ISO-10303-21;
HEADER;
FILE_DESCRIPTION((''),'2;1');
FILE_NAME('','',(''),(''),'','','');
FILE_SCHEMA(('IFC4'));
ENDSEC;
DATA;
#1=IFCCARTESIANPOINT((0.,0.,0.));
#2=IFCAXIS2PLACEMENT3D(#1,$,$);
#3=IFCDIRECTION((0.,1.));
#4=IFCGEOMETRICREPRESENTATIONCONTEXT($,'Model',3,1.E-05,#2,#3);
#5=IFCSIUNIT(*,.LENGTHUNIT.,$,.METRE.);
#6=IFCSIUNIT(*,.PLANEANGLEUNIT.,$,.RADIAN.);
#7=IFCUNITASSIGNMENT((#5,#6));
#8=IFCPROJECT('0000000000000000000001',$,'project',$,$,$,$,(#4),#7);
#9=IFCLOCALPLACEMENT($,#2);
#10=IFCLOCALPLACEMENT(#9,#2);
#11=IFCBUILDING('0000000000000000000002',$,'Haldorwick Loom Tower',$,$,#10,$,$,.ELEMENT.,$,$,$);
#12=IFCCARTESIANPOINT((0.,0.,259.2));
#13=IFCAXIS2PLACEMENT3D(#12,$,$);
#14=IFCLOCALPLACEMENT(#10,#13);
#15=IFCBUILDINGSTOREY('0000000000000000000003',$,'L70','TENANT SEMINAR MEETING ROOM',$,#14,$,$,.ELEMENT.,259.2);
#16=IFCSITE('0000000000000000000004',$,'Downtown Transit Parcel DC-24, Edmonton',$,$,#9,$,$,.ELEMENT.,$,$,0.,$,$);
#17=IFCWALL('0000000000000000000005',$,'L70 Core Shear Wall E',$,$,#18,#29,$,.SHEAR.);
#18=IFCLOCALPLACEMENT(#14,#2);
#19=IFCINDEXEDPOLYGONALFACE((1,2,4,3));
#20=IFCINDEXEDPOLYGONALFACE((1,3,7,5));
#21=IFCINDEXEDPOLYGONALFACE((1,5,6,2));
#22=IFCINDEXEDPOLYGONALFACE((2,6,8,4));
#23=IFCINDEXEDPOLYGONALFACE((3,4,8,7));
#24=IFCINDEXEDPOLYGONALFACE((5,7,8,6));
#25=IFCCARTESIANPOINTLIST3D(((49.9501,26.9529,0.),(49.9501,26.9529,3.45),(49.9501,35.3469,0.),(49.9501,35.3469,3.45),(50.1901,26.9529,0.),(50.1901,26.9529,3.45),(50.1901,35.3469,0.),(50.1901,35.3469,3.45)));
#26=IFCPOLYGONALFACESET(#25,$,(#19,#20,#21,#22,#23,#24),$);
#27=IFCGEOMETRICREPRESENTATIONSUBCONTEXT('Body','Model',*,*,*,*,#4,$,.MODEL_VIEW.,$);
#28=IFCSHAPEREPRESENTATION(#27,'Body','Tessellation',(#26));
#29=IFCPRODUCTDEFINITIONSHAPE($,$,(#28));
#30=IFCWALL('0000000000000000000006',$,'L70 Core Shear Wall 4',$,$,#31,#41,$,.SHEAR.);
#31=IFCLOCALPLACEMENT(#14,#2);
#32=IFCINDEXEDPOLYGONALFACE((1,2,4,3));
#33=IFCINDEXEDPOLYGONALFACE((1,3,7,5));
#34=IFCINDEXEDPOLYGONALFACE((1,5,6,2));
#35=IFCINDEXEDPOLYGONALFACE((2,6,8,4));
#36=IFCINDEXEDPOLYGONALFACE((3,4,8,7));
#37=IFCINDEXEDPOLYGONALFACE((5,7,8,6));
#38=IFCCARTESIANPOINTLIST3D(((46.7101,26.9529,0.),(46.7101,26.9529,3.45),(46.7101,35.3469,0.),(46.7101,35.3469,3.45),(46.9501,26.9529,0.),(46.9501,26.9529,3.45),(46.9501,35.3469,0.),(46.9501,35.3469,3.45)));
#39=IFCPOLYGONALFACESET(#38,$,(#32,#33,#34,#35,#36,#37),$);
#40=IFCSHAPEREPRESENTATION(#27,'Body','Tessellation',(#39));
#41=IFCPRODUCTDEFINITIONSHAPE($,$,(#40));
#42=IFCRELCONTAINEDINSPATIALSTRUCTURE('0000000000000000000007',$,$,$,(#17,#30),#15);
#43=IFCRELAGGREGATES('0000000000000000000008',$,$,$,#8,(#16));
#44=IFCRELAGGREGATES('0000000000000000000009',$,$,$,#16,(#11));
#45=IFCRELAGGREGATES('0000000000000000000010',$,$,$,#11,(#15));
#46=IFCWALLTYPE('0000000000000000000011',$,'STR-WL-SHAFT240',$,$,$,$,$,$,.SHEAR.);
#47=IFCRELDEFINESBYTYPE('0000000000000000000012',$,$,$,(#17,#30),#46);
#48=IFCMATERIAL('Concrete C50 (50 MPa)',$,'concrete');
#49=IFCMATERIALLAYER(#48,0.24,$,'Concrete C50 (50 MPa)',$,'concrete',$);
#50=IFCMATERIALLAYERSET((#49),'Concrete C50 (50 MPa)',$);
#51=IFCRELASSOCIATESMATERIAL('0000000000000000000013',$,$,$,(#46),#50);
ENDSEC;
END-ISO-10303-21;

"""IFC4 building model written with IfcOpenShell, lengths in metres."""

from ifc_helpers import new_model, si_unit, direction, frame, frame_2d, origin, place, context, subcontext, project, spatial, rectangle, extrude, material, layer, layer_set, type_object, element, save


model = new_model("IFC4")

# Units and contexts
model_context = context("Model", 3, precision=1e-05, world=origin(), true_north=direction((0.0, 1.0)))
body_context = subcontext(model_context, "Body", "Model", "MODEL_VIEW")
ifc_project = project(units=[si_unit("LENGTHUNIT", "METRE"), si_unit("PLANEANGLEUNIT", "RADIAN")], contexts=[model_context])

# Site, building, storey
site_placement = place(None, origin())
site = spatial("IfcSite", under=ifc_project, at=site_placement, Name="Downtown Transit Parcel DC-24, Edmonton", CompositionType="ELEMENT", RefElevation=0.0)
building_placement = place(site_placement, origin())
building = spatial("IfcBuilding", under=site, at=building_placement, Name="Haldorwick Loom Tower", CompositionType="ELEMENT")
storey_placement = place(building_placement, frame((0.0, 0.0, 259.2)))
storey = spatial("IfcBuildingStorey", under=building, at=storey_placement, Name="L70", Description="TENANT SEMINAR MEETING ROOM", CompositionType="ELEMENT", Elevation=259.2)

# Shared definitions
ifc_material_1 = material(Name="Concrete C50 (50 MPa)", Category="concrete")

# Walls
ifc_layer_1 = layer(ifc_material_1, 0.24, Name="Concrete C50 (50 MPa)", Category="concrete")
ifc_layer_set_1 = layer_set([ifc_layer_1], Name="Concrete C50 (50 MPa)")
wall_type_1 = type_object("IfcWallType", Name="STR-WL-SHAFT240", PredefinedType="SHEAR", material=ifc_layer_set_1)
for number, where, z_axis, x_axis, name in (
    (1, (50.0701, 26.9529, 0.0), (0.0, 0.0, 1.0), (0.0, 1.0, 0.0), "L70 Core Shear Wall E"),
    (2, (46.8301, 26.9529, 0.0), (0.0, 0.0, 1.0), (0.0, 1.0, 0.0), "L70 Core Shear Wall 4"),
):
    element("IfcWall", number, at=place(storey_placement, frame(where, z_axis=z_axis, x_axis=x_axis)), inside=storey, type_object=wall_type_1, Name=name, PredefinedType="SHEAR", context=body_context, shape_type="SweptSolid", body=[
        extrude(rectangle(XDim=8.394, YDim=0.24, at=frame_2d((4.197, 0.0))), origin(), (0.0, 0.0, 1.0), 3.45),
    ])

save(model, "model.ifc")
